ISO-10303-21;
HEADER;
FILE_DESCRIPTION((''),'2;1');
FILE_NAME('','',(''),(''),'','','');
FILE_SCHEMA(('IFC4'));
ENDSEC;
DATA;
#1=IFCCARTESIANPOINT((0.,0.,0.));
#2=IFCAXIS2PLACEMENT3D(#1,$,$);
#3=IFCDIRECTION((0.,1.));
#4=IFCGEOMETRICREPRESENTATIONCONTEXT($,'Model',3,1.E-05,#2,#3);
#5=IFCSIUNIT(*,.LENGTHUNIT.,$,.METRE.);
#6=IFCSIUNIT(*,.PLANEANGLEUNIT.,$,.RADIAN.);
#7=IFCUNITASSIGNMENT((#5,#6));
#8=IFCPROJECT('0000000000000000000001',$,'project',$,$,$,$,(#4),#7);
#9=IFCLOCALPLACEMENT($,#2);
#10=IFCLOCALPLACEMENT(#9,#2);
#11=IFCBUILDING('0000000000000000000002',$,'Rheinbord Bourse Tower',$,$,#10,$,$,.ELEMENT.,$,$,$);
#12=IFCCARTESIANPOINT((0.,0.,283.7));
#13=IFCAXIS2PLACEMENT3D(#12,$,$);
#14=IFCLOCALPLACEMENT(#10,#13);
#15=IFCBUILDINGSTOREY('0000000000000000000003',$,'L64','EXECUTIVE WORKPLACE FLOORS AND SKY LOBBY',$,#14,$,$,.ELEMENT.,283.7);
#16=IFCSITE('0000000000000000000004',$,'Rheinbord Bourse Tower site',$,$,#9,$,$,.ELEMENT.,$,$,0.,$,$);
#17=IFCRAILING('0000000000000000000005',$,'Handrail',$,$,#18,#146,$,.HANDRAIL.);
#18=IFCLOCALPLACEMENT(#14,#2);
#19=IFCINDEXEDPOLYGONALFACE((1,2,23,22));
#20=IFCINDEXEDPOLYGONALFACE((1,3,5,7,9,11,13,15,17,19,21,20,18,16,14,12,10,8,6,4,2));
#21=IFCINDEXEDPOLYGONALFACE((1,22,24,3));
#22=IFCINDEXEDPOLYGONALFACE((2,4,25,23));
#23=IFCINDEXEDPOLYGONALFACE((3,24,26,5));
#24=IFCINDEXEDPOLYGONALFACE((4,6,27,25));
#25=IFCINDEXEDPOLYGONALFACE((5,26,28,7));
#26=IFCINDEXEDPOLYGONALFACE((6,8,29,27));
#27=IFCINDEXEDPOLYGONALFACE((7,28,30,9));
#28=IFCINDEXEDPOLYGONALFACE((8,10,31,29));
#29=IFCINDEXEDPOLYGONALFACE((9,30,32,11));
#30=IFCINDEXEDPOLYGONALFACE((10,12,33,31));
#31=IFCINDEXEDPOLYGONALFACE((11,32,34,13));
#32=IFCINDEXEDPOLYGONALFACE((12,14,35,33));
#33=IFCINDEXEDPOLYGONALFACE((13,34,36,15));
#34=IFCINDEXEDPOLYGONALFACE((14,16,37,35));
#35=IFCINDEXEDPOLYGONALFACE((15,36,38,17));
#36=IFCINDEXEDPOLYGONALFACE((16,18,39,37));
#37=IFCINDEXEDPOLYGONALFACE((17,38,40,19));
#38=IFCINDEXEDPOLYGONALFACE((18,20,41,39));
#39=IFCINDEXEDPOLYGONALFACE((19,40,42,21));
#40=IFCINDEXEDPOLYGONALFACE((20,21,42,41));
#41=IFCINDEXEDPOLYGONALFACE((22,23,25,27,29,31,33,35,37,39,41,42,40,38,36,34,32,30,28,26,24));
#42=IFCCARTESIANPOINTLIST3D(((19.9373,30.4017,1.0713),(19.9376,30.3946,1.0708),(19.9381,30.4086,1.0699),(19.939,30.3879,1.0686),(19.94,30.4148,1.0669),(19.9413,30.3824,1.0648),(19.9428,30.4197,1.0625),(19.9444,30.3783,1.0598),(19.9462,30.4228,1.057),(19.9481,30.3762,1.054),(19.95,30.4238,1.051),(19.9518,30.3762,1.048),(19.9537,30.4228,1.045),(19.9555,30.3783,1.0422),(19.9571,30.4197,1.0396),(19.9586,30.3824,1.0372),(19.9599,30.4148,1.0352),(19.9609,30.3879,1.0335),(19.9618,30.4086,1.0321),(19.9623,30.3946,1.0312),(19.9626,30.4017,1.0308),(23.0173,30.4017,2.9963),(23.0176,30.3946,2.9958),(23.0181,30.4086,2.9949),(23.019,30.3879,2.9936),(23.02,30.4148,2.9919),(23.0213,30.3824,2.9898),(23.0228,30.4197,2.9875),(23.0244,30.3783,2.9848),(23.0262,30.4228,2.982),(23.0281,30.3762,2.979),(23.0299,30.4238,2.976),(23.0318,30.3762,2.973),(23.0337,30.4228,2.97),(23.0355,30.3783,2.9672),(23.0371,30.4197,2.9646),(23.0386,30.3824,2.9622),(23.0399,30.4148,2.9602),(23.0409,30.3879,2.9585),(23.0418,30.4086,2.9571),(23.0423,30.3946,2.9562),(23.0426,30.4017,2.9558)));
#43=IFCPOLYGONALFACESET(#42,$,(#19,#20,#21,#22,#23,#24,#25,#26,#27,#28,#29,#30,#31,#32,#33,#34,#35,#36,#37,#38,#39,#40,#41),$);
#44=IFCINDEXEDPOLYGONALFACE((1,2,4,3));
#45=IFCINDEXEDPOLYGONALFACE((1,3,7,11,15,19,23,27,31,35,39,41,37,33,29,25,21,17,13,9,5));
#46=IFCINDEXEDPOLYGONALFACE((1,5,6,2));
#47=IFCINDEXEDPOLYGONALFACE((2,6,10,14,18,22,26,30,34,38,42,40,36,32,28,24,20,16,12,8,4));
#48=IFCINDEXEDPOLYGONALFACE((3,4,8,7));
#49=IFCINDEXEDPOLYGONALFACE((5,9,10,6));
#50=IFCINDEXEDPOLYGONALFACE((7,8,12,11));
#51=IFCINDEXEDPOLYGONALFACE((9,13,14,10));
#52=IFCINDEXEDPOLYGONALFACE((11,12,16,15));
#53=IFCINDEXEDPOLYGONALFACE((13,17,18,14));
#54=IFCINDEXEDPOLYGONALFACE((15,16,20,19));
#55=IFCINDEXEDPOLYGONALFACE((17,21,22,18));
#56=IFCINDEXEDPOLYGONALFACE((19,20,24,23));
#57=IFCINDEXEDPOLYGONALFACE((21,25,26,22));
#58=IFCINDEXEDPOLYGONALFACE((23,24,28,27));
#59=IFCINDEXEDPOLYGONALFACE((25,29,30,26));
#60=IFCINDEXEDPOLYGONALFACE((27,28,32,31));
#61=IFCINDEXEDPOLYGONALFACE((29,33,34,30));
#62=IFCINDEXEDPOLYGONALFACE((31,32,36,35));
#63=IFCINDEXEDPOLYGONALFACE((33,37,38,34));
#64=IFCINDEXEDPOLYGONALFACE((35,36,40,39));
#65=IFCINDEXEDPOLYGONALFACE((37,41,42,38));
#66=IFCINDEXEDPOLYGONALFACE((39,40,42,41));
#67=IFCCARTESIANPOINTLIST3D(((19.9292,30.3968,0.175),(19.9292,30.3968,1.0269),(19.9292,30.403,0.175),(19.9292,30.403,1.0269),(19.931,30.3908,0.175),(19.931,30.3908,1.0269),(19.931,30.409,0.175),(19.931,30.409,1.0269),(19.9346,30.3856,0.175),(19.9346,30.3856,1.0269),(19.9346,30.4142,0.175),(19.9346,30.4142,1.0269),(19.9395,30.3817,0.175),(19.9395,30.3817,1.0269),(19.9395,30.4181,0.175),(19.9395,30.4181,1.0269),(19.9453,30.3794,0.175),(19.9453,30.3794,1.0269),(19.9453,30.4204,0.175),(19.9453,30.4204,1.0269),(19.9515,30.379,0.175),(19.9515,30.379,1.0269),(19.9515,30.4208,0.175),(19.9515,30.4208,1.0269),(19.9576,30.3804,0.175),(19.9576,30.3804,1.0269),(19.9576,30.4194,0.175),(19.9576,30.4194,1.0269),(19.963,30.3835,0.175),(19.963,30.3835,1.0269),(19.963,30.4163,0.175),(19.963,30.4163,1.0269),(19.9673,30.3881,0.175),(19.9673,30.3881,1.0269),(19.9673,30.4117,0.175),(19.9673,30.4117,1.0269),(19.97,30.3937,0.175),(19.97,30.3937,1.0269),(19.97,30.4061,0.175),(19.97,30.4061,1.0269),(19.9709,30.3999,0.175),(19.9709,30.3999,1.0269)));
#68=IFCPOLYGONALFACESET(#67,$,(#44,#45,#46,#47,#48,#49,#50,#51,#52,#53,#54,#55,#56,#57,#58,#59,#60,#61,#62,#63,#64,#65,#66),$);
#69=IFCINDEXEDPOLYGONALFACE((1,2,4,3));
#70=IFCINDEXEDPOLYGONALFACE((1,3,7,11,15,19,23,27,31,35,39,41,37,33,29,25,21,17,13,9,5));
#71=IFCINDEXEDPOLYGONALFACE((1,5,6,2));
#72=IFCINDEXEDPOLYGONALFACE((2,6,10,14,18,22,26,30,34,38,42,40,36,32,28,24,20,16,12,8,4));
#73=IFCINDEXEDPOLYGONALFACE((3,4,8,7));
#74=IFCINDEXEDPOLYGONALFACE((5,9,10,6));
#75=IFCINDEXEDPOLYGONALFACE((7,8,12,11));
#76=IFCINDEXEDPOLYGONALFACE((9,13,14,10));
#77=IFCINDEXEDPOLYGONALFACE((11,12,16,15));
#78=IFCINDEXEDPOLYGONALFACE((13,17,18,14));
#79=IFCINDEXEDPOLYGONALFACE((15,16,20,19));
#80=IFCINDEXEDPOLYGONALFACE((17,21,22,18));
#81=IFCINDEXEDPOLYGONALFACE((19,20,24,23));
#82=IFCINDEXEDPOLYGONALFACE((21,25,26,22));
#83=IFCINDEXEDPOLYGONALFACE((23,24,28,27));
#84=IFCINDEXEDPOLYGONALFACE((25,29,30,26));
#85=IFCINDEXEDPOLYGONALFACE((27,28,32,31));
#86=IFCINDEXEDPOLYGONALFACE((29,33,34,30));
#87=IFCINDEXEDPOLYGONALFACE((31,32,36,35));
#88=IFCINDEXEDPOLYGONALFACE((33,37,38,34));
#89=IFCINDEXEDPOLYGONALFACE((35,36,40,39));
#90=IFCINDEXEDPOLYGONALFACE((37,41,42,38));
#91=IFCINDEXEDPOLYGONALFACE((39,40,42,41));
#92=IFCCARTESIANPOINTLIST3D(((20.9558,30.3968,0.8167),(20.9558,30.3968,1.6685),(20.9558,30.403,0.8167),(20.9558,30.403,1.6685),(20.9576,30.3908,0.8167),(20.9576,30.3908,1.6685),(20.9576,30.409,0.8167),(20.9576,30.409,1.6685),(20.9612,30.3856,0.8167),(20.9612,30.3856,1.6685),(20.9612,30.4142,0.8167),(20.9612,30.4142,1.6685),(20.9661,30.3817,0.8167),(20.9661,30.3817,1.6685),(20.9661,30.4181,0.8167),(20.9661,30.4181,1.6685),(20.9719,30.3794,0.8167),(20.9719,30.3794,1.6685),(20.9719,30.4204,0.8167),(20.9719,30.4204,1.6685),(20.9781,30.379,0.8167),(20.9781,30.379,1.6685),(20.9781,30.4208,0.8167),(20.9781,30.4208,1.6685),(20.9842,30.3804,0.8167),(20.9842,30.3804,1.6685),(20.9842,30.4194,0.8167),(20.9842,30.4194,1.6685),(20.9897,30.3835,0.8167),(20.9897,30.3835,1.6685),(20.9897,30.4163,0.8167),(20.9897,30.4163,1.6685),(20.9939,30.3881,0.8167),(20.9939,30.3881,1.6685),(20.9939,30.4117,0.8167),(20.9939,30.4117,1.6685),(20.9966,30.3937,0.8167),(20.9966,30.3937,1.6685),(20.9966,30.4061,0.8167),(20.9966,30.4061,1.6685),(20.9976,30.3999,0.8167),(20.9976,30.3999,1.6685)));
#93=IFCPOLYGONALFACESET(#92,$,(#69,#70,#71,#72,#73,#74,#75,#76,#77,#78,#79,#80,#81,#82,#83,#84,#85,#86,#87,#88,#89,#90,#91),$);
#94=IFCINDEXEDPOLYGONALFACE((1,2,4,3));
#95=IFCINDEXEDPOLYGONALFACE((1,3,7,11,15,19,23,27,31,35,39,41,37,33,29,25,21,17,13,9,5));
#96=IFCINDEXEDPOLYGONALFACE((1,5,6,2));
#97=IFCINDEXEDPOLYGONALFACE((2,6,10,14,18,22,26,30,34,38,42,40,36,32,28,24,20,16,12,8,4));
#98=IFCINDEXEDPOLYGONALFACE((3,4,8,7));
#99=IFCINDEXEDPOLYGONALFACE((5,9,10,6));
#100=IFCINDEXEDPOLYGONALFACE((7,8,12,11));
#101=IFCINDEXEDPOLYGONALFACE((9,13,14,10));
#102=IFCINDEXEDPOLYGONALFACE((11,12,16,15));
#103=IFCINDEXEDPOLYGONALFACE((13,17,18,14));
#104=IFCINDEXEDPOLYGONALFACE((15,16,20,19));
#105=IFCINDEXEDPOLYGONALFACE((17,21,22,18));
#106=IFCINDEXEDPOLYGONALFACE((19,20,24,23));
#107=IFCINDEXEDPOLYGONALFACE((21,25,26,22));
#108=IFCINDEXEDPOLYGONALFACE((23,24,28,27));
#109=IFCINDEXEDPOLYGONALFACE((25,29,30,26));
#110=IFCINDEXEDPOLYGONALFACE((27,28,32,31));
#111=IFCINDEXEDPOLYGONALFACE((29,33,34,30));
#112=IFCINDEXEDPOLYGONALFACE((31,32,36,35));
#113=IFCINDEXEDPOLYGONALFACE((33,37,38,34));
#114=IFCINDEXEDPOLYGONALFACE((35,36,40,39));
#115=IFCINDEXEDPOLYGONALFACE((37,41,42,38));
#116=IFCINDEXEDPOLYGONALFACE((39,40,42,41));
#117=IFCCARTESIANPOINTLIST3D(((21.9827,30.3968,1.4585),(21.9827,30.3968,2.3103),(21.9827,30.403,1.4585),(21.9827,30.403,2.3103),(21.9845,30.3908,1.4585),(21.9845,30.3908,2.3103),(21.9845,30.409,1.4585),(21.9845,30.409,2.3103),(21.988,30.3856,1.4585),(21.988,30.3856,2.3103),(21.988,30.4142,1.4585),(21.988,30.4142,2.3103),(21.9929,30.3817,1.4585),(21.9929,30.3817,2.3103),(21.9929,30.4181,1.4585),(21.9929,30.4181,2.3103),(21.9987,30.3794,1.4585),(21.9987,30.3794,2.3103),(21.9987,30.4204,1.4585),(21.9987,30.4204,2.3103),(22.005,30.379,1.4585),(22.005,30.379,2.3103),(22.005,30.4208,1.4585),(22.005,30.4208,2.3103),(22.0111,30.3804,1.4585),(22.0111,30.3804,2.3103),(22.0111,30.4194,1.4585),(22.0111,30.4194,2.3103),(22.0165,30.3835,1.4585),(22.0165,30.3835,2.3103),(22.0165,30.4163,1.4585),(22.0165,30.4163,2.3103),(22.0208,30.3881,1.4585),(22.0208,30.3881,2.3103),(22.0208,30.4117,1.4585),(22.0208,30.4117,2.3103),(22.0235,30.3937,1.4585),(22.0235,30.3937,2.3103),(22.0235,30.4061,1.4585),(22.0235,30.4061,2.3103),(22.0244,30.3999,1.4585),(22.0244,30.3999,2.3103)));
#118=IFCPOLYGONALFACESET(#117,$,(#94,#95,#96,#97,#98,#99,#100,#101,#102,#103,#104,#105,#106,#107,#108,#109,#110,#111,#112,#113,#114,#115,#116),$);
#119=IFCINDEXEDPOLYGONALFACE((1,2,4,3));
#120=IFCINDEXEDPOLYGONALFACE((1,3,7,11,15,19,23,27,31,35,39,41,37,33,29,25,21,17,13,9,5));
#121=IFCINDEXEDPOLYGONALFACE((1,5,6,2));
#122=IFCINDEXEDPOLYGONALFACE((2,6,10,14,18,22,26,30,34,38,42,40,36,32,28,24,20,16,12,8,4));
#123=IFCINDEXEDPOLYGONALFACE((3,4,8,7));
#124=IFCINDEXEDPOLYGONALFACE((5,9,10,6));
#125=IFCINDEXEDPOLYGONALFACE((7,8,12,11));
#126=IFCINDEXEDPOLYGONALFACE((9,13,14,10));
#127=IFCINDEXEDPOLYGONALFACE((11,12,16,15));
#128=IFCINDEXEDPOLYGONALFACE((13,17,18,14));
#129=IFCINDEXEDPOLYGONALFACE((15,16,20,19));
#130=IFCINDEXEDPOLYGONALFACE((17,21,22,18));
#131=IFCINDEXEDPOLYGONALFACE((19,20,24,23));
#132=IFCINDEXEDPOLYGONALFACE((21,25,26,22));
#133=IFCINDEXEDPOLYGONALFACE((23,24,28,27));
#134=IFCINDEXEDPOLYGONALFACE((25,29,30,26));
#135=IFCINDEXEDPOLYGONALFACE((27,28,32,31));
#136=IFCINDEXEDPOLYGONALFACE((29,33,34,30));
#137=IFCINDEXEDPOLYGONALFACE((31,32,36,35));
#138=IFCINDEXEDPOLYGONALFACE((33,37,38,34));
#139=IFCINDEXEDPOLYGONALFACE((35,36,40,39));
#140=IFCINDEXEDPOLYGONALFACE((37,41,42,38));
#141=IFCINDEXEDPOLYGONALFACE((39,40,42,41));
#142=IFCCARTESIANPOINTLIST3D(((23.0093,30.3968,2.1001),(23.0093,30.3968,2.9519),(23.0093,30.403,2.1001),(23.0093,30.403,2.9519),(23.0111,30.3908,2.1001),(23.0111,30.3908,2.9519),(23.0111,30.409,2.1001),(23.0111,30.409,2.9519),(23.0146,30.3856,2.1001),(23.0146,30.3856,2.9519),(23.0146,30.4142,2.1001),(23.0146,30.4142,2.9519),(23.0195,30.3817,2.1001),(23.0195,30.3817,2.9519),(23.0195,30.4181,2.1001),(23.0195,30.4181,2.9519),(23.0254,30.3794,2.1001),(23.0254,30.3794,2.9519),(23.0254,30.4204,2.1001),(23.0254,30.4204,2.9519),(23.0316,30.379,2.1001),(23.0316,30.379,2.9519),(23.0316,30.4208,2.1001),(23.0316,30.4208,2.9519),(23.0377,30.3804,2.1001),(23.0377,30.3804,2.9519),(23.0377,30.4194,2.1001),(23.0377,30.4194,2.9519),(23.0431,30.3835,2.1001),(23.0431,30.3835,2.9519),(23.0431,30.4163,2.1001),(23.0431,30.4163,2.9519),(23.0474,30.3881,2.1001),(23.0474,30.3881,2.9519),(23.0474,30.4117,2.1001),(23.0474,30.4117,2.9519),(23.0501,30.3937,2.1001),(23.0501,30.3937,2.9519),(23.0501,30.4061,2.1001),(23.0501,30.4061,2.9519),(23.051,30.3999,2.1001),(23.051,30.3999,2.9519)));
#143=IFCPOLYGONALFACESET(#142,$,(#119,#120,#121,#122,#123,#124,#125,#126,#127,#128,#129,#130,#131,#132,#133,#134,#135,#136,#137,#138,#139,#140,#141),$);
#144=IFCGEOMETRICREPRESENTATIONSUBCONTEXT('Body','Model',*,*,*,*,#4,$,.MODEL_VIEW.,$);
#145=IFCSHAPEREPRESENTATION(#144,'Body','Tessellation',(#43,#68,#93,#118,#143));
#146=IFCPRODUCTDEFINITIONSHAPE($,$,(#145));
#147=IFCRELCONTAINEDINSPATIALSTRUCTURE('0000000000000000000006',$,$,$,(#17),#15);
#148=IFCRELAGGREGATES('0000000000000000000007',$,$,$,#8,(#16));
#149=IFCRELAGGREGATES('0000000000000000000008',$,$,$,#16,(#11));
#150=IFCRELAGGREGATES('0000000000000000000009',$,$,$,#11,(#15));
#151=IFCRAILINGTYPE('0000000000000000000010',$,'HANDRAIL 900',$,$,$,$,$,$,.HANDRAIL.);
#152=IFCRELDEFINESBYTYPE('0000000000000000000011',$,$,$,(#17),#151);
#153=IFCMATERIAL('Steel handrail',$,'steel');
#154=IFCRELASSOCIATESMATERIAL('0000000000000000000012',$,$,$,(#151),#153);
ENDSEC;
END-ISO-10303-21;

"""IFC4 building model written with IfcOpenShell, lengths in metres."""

from ifc_helpers import new_model, si_unit, direction, frame, origin, origin_2d, place, context, subcontext, project, spatial, circle, extrude, material, type_object, element, save


model = new_model("IFC4")

# Units and contexts
model_context = context("Model", 3, precision=1e-05, world=origin(), true_north=direction((0.0, 1.0)))
body_context = subcontext(model_context, "Body", "Model", "MODEL_VIEW")
ifc_project = project(units=[si_unit("LENGTHUNIT", "METRE"), si_unit("PLANEANGLEUNIT", "RADIAN")], contexts=[model_context])

# Site, building, storey
site_placement = place(None, origin())
site = spatial("IfcSite", under=ifc_project, at=site_placement, Name="Rheinbord Bourse Tower site", CompositionType="ELEMENT", RefElevation=0.0)
building_placement = place(site_placement, origin())
building = spatial("IfcBuilding", under=site, at=building_placement, Name="Rheinbord Bourse Tower", CompositionType="ELEMENT")
storey_placement = place(building_placement, frame((0.0, 0.0, 283.7)))
storey = spatial("IfcBuildingStorey", under=building, at=storey_placement, Name="L64", Description="EXECUTIVE WORKPLACE FLOORS AND SKY LOBBY", CompositionType="ELEMENT", Elevation=283.7)

# Railing
ifc_material_1 = material(Name="Steel handrail", Category="steel")
railing_type = type_object("IfcRailingType", Name="HANDRAIL 900", PredefinedType="HANDRAIL", material=ifc_material_1)
railing_1_placement = place(storey_placement, frame((19.95, 30.3999, 0.175)))
element("IfcRailing", 1, at=railing_1_placement, inside=storey, type_object=railing_type, Name="Handrail", PredefinedType="HANDRAIL", context=body_context, shape_type="SweptSolid", body=[
    extrude(circle(Radius=0.0239, at=origin_2d()), frame((0.0, 0.0, 0.876), z_axis=(0.847998, 0.0, 0.529999), x_axis=(0.0, 1.0, 0.0)), (0.0, 0.0, 1.0), 3.6321),
    extrude(circle(Radius=0.021, at=origin_2d()), origin(), (0.0, 0.0, 1.0), 0.8518),
    extrude(circle(Radius=0.021, at=origin_2d()), frame((1.0266, 0.0, 0.6416)), (0.0, 0.0, 1.0), 0.8518),
    extrude(circle(Radius=0.021, at=origin_2d()), frame((2.0535, 0.0, 1.2834)), (0.0, 0.0, 1.0), 0.8518),
    extrude(circle(Radius=0.021, at=origin_2d()), frame((3.0801, 0.0, 1.925)), (0.0, 0.0, 1.0), 0.8518),
])

save(model, "model.ifc")
